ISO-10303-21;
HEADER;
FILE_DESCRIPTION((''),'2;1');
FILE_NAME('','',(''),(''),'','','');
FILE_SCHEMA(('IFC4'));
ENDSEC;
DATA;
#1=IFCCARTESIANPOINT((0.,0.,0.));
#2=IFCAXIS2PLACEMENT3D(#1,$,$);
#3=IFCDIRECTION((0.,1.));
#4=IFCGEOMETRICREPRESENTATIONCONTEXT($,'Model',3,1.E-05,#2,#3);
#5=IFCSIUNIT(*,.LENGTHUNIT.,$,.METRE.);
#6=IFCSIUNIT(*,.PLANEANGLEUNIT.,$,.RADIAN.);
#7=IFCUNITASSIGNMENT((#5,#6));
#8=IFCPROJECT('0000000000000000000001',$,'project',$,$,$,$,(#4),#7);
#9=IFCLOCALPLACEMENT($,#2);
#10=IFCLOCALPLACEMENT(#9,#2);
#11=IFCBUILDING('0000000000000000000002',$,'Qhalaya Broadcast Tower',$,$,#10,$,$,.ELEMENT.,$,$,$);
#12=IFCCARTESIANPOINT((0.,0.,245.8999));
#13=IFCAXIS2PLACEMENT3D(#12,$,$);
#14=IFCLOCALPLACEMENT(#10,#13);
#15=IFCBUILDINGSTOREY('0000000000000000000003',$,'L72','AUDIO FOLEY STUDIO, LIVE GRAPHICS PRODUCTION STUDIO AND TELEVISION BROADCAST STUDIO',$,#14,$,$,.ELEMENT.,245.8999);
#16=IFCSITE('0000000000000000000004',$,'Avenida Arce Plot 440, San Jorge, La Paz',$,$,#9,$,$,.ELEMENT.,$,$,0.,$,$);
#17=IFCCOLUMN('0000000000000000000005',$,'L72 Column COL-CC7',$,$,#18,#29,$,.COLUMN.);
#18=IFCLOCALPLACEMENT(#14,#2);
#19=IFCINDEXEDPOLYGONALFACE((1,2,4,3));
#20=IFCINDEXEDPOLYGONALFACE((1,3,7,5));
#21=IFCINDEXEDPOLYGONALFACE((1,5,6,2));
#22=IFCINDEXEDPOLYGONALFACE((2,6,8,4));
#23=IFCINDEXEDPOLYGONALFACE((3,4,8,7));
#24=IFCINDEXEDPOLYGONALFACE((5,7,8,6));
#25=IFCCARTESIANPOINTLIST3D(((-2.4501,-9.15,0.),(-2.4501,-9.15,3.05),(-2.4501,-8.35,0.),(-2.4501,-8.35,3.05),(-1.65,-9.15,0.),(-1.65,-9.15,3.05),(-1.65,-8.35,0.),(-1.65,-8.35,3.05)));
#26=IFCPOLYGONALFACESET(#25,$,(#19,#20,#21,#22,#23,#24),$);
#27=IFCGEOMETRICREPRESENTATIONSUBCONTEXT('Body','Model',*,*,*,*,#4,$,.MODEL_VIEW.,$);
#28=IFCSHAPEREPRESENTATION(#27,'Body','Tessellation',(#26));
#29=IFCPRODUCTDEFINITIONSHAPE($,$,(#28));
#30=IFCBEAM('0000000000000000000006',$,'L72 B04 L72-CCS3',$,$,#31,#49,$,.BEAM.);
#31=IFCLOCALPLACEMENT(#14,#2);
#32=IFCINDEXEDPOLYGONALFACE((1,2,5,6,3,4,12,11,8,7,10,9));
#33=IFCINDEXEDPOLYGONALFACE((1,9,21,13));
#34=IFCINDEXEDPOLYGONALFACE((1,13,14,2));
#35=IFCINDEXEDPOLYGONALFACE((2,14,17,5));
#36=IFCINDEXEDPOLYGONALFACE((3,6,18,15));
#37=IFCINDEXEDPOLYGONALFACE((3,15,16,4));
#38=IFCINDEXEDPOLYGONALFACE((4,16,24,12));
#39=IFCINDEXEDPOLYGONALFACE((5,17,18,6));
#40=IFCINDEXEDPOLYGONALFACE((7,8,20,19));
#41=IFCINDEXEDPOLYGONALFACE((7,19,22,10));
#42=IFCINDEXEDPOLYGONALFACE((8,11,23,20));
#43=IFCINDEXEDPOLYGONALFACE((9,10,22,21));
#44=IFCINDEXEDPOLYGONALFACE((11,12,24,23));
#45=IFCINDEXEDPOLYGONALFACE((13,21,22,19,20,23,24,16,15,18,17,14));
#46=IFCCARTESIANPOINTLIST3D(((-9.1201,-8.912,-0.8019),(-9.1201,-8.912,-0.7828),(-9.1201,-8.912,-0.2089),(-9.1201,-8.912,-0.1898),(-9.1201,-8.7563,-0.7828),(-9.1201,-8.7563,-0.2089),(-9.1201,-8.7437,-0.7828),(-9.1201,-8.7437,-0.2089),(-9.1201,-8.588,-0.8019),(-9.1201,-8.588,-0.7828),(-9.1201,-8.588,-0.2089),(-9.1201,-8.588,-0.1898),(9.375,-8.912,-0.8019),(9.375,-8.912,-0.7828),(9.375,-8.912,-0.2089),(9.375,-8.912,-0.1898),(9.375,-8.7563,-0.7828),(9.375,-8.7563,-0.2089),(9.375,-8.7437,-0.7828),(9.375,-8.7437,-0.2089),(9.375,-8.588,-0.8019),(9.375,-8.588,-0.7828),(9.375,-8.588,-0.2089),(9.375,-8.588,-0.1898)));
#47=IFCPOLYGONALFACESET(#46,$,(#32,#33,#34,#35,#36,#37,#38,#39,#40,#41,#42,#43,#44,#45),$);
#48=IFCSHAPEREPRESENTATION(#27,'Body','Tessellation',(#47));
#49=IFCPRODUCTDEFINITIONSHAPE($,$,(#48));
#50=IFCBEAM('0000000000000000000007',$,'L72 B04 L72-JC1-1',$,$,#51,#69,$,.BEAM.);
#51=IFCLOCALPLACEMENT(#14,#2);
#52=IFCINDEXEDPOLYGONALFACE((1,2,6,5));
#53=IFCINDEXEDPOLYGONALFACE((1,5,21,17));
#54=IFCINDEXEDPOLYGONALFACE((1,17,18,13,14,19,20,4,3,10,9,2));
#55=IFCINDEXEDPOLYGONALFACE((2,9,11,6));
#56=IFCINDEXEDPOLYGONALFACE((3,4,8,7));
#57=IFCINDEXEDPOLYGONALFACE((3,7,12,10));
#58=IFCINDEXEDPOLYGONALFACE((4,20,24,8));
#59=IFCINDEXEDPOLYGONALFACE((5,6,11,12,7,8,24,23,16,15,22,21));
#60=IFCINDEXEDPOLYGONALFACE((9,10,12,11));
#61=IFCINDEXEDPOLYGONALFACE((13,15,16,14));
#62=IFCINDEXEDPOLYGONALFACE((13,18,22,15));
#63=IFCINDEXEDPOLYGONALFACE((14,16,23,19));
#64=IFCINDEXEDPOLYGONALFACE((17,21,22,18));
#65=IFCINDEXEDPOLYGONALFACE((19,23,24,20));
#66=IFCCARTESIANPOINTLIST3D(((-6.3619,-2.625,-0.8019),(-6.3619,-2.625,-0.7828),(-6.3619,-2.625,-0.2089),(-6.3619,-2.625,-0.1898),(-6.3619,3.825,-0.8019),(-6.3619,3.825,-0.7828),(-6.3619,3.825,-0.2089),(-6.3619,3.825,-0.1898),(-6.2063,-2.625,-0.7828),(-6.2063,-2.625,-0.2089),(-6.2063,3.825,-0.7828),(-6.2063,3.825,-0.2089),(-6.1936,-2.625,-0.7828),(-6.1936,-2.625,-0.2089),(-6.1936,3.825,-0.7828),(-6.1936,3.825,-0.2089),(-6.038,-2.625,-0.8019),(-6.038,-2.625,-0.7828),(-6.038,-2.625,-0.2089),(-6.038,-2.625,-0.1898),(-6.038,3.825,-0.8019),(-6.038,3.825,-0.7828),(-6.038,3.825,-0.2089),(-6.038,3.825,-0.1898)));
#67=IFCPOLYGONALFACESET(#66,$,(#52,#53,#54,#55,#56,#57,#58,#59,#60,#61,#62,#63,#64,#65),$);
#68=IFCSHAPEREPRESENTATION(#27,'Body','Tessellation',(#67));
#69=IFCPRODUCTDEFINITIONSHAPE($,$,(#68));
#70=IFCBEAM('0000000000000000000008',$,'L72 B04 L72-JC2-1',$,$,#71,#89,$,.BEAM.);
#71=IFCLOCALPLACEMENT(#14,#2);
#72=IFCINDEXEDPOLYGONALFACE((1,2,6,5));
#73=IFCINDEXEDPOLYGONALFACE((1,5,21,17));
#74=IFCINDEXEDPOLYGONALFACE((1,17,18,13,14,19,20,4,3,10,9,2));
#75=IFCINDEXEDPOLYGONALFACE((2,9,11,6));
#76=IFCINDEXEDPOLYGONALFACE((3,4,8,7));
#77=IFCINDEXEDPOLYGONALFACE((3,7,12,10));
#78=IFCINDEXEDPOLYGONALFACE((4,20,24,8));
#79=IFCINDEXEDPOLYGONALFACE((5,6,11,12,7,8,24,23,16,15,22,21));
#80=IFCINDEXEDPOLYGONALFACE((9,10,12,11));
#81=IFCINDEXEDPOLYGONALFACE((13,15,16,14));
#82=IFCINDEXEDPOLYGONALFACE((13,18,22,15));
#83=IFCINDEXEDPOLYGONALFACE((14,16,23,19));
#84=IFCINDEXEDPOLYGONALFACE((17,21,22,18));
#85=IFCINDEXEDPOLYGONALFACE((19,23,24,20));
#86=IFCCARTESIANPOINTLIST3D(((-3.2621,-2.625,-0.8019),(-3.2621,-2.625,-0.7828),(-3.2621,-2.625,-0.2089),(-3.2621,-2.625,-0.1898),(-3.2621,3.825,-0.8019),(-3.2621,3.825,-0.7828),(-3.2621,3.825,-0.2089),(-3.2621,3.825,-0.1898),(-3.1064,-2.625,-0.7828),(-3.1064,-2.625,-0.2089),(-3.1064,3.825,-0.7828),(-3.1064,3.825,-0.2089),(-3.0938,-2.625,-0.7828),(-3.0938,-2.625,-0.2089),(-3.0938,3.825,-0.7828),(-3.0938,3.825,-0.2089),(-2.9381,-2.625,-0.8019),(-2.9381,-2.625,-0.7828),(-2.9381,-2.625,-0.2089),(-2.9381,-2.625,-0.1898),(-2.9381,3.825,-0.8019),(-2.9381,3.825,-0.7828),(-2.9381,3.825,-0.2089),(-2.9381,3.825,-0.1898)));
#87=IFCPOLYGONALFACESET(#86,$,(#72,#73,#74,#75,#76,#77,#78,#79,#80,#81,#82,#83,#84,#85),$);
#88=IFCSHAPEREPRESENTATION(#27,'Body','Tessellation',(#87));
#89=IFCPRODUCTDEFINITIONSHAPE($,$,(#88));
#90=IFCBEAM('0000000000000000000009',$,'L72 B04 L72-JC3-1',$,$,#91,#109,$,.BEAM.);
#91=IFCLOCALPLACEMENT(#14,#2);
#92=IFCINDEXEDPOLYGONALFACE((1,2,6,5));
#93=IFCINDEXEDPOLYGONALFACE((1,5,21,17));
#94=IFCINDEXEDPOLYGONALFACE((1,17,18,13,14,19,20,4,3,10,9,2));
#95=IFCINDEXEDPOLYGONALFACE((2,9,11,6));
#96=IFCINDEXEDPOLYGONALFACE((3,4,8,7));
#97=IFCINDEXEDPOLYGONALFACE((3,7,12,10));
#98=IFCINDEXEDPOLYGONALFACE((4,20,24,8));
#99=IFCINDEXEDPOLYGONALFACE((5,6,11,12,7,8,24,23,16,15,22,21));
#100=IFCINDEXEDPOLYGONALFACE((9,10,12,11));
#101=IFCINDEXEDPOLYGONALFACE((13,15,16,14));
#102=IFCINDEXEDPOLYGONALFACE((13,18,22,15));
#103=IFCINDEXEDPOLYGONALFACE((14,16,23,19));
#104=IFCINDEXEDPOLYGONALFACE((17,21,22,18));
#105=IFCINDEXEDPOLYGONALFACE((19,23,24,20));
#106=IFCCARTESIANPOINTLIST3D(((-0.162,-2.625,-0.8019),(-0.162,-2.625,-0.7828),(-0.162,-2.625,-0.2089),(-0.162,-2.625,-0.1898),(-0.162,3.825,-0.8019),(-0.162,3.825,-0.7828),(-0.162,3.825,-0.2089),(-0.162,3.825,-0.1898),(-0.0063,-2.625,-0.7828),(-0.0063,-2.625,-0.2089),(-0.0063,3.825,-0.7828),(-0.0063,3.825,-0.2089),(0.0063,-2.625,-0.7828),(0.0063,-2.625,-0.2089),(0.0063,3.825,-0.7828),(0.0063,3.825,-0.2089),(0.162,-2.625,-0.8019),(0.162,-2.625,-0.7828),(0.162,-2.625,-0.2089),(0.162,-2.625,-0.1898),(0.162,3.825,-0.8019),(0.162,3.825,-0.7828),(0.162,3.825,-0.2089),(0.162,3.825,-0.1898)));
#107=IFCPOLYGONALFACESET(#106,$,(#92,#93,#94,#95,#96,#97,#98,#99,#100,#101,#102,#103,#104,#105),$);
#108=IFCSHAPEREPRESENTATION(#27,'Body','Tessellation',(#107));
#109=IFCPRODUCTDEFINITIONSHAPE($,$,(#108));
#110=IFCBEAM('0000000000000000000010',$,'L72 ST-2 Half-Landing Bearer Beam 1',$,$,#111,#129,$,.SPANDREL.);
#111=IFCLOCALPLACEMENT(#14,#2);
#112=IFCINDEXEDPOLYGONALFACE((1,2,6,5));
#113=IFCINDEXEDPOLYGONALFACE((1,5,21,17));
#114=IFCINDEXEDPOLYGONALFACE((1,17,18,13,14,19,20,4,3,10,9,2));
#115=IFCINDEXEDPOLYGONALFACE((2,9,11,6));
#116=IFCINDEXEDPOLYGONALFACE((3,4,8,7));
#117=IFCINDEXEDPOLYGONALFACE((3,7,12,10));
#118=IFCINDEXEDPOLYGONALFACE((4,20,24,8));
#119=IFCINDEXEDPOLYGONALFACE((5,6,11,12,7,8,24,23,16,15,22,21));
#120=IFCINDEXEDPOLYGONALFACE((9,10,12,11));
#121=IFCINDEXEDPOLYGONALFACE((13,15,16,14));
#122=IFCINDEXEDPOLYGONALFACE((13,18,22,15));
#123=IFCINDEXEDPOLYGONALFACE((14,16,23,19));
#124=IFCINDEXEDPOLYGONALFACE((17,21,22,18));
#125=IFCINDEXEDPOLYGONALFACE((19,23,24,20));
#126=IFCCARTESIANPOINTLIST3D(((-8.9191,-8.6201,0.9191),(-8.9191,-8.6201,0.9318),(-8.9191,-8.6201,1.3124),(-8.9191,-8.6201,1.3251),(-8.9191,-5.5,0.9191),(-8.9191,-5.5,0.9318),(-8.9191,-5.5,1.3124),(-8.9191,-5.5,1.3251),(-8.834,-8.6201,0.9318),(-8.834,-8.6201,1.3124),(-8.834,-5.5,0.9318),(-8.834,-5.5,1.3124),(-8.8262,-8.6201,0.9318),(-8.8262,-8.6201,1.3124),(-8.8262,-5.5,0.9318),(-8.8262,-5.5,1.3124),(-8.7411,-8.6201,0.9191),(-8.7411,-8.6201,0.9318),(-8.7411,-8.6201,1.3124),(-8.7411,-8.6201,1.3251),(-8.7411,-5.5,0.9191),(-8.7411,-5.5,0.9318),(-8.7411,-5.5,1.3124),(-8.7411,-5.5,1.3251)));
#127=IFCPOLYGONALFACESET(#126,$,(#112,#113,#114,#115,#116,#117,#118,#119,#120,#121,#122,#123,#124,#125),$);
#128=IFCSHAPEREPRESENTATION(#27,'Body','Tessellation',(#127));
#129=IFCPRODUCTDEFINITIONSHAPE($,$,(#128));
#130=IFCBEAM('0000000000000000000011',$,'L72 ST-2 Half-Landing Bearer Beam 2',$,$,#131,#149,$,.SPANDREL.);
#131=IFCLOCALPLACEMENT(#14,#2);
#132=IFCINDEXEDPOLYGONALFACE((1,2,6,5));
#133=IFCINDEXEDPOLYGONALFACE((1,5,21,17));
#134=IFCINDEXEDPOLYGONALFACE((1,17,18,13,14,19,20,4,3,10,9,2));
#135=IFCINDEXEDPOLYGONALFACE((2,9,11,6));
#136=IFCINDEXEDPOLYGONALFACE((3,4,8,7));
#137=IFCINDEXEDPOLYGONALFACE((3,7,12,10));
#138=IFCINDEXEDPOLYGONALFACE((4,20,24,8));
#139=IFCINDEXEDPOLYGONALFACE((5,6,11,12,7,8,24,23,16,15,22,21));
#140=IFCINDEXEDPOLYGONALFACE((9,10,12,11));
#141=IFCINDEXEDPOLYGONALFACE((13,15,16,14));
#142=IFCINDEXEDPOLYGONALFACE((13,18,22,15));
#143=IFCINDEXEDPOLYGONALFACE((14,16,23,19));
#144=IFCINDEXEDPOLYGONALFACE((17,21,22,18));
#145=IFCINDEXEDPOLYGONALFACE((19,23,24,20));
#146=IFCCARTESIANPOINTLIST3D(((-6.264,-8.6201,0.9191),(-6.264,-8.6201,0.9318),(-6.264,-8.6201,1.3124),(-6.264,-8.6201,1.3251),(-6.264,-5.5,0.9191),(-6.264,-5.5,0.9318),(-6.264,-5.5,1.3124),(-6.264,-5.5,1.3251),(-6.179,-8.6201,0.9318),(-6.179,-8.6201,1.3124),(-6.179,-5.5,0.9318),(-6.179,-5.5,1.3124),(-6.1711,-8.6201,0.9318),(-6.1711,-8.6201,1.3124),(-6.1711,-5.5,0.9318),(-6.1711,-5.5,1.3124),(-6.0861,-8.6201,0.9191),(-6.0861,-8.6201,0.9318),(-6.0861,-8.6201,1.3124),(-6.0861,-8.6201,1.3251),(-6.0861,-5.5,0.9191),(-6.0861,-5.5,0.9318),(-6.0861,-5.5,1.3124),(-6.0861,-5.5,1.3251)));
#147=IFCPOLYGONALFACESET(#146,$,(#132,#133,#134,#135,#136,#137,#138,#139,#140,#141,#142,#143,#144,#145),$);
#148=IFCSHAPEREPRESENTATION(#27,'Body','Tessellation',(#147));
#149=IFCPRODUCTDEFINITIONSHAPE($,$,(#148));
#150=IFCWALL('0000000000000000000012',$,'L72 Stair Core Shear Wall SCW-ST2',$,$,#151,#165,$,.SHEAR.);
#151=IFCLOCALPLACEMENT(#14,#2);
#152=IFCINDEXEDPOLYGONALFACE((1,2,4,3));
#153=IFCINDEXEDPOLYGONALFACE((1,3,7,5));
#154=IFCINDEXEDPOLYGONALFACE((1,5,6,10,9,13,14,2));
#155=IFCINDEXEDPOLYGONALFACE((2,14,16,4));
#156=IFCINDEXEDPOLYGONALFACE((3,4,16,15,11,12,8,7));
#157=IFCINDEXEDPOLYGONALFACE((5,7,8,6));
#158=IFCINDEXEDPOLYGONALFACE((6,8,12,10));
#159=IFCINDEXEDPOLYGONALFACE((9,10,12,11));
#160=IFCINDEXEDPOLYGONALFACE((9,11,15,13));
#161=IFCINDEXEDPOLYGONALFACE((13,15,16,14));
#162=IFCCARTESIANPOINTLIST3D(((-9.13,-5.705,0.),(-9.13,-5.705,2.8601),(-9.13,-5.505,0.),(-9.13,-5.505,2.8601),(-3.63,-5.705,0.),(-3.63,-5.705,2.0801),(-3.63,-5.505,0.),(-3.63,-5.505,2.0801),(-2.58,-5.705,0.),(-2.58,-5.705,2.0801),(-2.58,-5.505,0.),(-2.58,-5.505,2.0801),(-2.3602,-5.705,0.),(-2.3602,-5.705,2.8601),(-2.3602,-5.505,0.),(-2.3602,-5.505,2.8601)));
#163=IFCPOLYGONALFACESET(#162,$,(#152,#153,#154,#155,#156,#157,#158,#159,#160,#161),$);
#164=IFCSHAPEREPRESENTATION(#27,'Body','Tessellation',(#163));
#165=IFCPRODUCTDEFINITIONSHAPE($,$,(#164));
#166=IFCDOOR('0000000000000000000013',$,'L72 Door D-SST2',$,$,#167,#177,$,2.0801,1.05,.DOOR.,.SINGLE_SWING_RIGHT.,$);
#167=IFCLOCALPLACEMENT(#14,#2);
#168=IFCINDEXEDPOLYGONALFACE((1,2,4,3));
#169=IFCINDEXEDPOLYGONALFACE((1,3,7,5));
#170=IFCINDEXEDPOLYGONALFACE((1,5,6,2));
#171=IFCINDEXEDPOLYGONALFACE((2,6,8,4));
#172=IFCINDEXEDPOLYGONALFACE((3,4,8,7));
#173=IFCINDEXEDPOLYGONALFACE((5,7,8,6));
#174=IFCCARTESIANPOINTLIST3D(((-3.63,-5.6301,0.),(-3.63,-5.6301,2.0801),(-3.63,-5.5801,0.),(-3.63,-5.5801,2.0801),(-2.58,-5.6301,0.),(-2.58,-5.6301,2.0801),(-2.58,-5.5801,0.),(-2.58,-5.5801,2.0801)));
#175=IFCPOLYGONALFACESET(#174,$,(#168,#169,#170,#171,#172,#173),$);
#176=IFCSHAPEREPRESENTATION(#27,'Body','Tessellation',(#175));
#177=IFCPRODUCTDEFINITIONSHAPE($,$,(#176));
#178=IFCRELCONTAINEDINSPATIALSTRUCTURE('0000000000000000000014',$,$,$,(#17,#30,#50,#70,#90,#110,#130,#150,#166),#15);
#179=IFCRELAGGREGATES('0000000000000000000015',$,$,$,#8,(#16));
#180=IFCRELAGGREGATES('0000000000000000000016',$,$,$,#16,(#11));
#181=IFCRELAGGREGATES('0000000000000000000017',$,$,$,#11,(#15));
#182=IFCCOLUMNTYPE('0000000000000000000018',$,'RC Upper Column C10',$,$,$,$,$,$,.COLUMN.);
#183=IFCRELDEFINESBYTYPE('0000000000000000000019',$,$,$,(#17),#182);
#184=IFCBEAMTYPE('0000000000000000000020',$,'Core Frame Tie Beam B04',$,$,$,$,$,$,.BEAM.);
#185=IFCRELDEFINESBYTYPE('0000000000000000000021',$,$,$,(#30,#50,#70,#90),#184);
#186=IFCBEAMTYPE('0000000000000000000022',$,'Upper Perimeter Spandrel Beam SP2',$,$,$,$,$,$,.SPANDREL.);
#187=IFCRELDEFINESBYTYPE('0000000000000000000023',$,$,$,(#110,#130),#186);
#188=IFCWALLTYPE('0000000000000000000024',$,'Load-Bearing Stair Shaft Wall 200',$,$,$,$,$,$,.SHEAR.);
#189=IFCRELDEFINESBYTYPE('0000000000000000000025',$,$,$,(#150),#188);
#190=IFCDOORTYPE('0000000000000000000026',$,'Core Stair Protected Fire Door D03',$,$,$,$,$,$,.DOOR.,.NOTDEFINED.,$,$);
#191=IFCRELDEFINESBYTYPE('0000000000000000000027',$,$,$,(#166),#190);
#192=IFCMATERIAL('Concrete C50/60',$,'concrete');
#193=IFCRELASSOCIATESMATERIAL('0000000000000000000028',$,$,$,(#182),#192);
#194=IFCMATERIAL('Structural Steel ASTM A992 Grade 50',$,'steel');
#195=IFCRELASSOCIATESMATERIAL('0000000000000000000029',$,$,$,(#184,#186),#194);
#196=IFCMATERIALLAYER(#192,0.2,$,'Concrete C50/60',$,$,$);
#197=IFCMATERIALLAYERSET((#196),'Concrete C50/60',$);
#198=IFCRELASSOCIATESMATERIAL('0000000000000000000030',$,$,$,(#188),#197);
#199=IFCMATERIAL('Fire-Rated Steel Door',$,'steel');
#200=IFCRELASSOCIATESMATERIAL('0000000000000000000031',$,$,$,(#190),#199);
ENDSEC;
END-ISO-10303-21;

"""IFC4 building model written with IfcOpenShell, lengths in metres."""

from ifc_helpers import new_model, si_unit, direction, frame, frame_2d, origin, origin_2d, place, context, subcontext, project, spatial, rectangle, i_section, extrude, material, layer, layer_set, material_profile, profile_set, type_object, element, fill, save


model = new_model("IFC4")

# Units and contexts
model_context = context("Model", 3, precision=1e-05, world=origin(), true_north=direction((0.0, 1.0)))
body_context = subcontext(model_context, "Body", "Model", "MODEL_VIEW")
ifc_project = project(units=[si_unit("LENGTHUNIT", "METRE"), si_unit("PLANEANGLEUNIT", "RADIAN")], contexts=[model_context])

# Site, building, storey
site_placement = place(None, origin())
site = spatial("IfcSite", under=ifc_project, at=site_placement, Name="Avenida Arce Plot 440, San Jorge, La Paz", CompositionType="ELEMENT", RefElevation=0.0)
building_placement = place(site_placement, origin())
building = spatial("IfcBuilding", under=site, at=building_placement, Name="Qhalaya Broadcast Tower", CompositionType="ELEMENT")
storey_placement = place(building_placement, frame((0.0, 0.0, 245.8999)))
storey = spatial("IfcBuildingStorey", under=building, at=storey_placement, Name="L72", Description="AUDIO FOLEY STUDIO, LIVE GRAPHICS PRODUCTION STUDIO AND TELEVISION BROADCAST STUDIO", CompositionType="ELEMENT", Elevation=245.8999)

# Column
ifc_material_1 = material(Name="Concrete C50/60", Category="concrete")
ifc_material_profile_1 = material_profile(ifc_material_1, rectangle(XDim=0.8, YDim=0.8, at=origin_2d()), Name="RC-COL 800x800")
ifc_profile_set_1 = profile_set([ifc_material_profile_1], Name="Concrete C50/60")
column_type = type_object("IfcColumnType", Name="RC Upper Column C10", PredefinedType="COLUMN", material=ifc_profile_set_1)
column_placement = place(storey_placement, frame((-2.05, -8.75, 0.0), z_axis=(0.0, 0.0, 1.0), x_axis=(1.0, 0.0, 0.0)))
element("IfcColumn", 1, at=column_placement, inside=storey, type_object=column_type, Name="L72 Column COL-CC7", PredefinedType="COLUMN", context=body_context, shape_type="SweptSolid", body=[
    extrude(rectangle(XDim=0.8, YDim=0.8, at=origin_2d()), origin(), (0.0, 0.0, 1.0), 3.05),
])

# Beams
ifc_material_2 = material(Name="Structural Steel ASTM A992 Grade 50", Category="steel")
ifc_material_profile_2 = material_profile(ifc_material_2, i_section(OverallWidth=0.324, OverallDepth=0.6121, WebThickness=0.0127, FlangeThickness=0.019, at=origin_2d()), Name="W24X104")
ifc_profile_set_2 = profile_set([ifc_material_profile_2], Name="Structural Steel ASTM A992 Grade 50")
beam_type_1 = type_object("IfcBeamType", Name="Core Frame Tie Beam B04", PredefinedType="BEAM", material=ifc_profile_set_2)
beam_placement = place(storey_placement, frame((-9.1201, -8.75, -0.4958), z_axis=(1.0, 0.0, 0.0), x_axis=(0.0, 1.0, 0.0)))
element("IfcBeam", 2, at=beam_placement, inside=storey, type_object=beam_type_1, Name="L72 B04 L72-CCS3", PredefinedType="BEAM", context=body_context, shape_type="SweptSolid", body=[
    extrude(i_section(OverallWidth=0.324, OverallDepth=0.6121, WebThickness=0.0127, FlangeThickness=0.019, at=origin_2d()), origin(), (0.0, 0.0, 1.0), 18.4951),
])
for number, where, z_axis, x_axis, name in (
    (3, (-6.2, -2.625, -0.4958), (0.0, 1.0, 0.0), (-1.0, 0.0, 0.0), "L72 B04 L72-JC1-1"),
    (4, (-3.1001, -2.625, -0.4958), (0.0, 1.0, 0.0), (-1.0, 0.0, 0.0), "L72 B04 L72-JC2-1"),
    (5, (0.0, -2.625, -0.4958), (0.0, 1.0, 0.0), (-1.0, 0.0, 0.0), "L72 B04 L72-JC3-1"),
):
    element("IfcBeam", number, at=place(storey_placement, frame(where, z_axis=z_axis, x_axis=x_axis)), inside=storey, type_object=beam_type_1, Name=name, PredefinedType="BEAM", context=body_context, shape_type="SweptSolid", body=[
        extrude(i_section(OverallWidth=0.324, OverallDepth=0.6121, WebThickness=0.0127, FlangeThickness=0.019, at=origin_2d()), origin(), (0.0, 0.0, 1.0), 6.45),
    ])
ifc_material_profile_3 = material_profile(ifc_material_2, i_section(OverallWidth=0.178, OverallDepth=0.406, WebThickness=0.0078, FlangeThickness=0.0127, at=origin_2d()), Name="W16X40")
ifc_profile_set_3 = profile_set([ifc_material_profile_3], Name="Structural Steel ASTM A992 Grade 50")
beam_type_2 = type_object("IfcBeamType", Name="Upper Perimeter Spandrel Beam SP2", PredefinedType="SPANDREL", material=ifc_profile_set_3)
for number, where, z_axis, x_axis, name in (
    (6, (-8.8301, -8.6201, 1.1221), (0.0, 1.0, 0.0), (-1.0, 0.0, 0.0), "L72 ST-2 Half-Landing Bearer Beam 1"),
    (7, (-6.175, -8.6201, 1.1221), (0.0, 1.0, 0.0), (-1.0, 0.0, 0.0), "L72 ST-2 Half-Landing Bearer Beam 2"),
):
    element("IfcBeam", number, at=place(storey_placement, frame(where, z_axis=z_axis, x_axis=x_axis)), inside=storey, type_object=beam_type_2, Name=name, PredefinedType="SPANDREL", context=body_context, shape_type="SweptSolid", body=[
        extrude(i_section(OverallWidth=0.178, OverallDepth=0.406, WebThickness=0.0078, FlangeThickness=0.0127, at=origin_2d()), origin(), (0.0, 0.0, 1.0), 3.1201),
    ])

# Wall, opening, door
ifc_layer_1 = layer(ifc_material_1, 0.2, Name="Concrete C50/60")
ifc_layer_set_1 = layer_set([ifc_layer_1], Name="Concrete C50/60")
wall_type_1 = type_object("IfcWallType", Name="Load-Bearing Stair Shaft Wall 200", PredefinedType="SHEAR", material=ifc_layer_set_1)
wall_1_placement = place(storey_placement, frame((-9.1299, -5.605, 0.0), z_axis=(0.0, 0.0, 1.0), x_axis=(1.0, 0.0, 0.0)))
wall_1 = element("IfcWall", 8, at=wall_1_placement, inside=storey, type_object=wall_type_1, Name="L72 Stair Core Shear Wall SCW-ST2", PredefinedType="SHEAR", context=body_context, shape_type="SweptSolid", body=[
    extrude(rectangle(XDim=6.7698, YDim=0.2, at=frame_2d((3.3848, 0.0))), origin(), (0.0, 0.0, 1.0), 2.8601),
])
opening_1_placement = place(wall_1_placement, frame((5.5, 0.0, 0.0)))
opening_1 = element("IfcOpeningElement", 9, at=opening_1_placement, cuts=wall_1, PredefinedType="OPENING", context=body_context, shape_type="SweptSolid", body=[
    extrude(rectangle(XDim=1.05, YDim=2.0801, at=frame_2d((0.5249, 1.04))), frame((0.0, 0.1121, 0.0), z_axis=(0.0, -1.0, 0.0), x_axis=(1.0, 0.0, 0.0)), (0.0, 0.0, 1.0), 0.2239),
])
ifc_material_3 = material(Name="Fire-Rated Steel Door", Category="steel")
door_type_1 = type_object("IfcDoorType", Name="Core Stair Protected Fire Door D03", OperationType="NOTDEFINED", PredefinedType="DOOR", material=ifc_material_3)
door_1_placement = place(opening_1_placement, origin())
door_1 = element("IfcDoor", 10, at=door_1_placement, inside=storey, type_object=door_type_1, Name="L72 Door D-SST2", OperationType="SINGLE_SWING_RIGHT", OverallHeight=2.0801, OverallWidth=1.05, PredefinedType="DOOR", context=body_context, shape_type="SweptSolid", body=[
    extrude(rectangle(XDim=1.05, YDim=2.0801, at=frame_2d((0.5249, 1.04))), frame((0.0, 0.0249, 0.0), z_axis=(0.0, -1.0, 0.0), x_axis=(1.0, 0.0, 0.0)), (0.0, 0.0, 1.0), 0.05),
])
fill(opening_1, door_1)

save(model, "model.ifc")
